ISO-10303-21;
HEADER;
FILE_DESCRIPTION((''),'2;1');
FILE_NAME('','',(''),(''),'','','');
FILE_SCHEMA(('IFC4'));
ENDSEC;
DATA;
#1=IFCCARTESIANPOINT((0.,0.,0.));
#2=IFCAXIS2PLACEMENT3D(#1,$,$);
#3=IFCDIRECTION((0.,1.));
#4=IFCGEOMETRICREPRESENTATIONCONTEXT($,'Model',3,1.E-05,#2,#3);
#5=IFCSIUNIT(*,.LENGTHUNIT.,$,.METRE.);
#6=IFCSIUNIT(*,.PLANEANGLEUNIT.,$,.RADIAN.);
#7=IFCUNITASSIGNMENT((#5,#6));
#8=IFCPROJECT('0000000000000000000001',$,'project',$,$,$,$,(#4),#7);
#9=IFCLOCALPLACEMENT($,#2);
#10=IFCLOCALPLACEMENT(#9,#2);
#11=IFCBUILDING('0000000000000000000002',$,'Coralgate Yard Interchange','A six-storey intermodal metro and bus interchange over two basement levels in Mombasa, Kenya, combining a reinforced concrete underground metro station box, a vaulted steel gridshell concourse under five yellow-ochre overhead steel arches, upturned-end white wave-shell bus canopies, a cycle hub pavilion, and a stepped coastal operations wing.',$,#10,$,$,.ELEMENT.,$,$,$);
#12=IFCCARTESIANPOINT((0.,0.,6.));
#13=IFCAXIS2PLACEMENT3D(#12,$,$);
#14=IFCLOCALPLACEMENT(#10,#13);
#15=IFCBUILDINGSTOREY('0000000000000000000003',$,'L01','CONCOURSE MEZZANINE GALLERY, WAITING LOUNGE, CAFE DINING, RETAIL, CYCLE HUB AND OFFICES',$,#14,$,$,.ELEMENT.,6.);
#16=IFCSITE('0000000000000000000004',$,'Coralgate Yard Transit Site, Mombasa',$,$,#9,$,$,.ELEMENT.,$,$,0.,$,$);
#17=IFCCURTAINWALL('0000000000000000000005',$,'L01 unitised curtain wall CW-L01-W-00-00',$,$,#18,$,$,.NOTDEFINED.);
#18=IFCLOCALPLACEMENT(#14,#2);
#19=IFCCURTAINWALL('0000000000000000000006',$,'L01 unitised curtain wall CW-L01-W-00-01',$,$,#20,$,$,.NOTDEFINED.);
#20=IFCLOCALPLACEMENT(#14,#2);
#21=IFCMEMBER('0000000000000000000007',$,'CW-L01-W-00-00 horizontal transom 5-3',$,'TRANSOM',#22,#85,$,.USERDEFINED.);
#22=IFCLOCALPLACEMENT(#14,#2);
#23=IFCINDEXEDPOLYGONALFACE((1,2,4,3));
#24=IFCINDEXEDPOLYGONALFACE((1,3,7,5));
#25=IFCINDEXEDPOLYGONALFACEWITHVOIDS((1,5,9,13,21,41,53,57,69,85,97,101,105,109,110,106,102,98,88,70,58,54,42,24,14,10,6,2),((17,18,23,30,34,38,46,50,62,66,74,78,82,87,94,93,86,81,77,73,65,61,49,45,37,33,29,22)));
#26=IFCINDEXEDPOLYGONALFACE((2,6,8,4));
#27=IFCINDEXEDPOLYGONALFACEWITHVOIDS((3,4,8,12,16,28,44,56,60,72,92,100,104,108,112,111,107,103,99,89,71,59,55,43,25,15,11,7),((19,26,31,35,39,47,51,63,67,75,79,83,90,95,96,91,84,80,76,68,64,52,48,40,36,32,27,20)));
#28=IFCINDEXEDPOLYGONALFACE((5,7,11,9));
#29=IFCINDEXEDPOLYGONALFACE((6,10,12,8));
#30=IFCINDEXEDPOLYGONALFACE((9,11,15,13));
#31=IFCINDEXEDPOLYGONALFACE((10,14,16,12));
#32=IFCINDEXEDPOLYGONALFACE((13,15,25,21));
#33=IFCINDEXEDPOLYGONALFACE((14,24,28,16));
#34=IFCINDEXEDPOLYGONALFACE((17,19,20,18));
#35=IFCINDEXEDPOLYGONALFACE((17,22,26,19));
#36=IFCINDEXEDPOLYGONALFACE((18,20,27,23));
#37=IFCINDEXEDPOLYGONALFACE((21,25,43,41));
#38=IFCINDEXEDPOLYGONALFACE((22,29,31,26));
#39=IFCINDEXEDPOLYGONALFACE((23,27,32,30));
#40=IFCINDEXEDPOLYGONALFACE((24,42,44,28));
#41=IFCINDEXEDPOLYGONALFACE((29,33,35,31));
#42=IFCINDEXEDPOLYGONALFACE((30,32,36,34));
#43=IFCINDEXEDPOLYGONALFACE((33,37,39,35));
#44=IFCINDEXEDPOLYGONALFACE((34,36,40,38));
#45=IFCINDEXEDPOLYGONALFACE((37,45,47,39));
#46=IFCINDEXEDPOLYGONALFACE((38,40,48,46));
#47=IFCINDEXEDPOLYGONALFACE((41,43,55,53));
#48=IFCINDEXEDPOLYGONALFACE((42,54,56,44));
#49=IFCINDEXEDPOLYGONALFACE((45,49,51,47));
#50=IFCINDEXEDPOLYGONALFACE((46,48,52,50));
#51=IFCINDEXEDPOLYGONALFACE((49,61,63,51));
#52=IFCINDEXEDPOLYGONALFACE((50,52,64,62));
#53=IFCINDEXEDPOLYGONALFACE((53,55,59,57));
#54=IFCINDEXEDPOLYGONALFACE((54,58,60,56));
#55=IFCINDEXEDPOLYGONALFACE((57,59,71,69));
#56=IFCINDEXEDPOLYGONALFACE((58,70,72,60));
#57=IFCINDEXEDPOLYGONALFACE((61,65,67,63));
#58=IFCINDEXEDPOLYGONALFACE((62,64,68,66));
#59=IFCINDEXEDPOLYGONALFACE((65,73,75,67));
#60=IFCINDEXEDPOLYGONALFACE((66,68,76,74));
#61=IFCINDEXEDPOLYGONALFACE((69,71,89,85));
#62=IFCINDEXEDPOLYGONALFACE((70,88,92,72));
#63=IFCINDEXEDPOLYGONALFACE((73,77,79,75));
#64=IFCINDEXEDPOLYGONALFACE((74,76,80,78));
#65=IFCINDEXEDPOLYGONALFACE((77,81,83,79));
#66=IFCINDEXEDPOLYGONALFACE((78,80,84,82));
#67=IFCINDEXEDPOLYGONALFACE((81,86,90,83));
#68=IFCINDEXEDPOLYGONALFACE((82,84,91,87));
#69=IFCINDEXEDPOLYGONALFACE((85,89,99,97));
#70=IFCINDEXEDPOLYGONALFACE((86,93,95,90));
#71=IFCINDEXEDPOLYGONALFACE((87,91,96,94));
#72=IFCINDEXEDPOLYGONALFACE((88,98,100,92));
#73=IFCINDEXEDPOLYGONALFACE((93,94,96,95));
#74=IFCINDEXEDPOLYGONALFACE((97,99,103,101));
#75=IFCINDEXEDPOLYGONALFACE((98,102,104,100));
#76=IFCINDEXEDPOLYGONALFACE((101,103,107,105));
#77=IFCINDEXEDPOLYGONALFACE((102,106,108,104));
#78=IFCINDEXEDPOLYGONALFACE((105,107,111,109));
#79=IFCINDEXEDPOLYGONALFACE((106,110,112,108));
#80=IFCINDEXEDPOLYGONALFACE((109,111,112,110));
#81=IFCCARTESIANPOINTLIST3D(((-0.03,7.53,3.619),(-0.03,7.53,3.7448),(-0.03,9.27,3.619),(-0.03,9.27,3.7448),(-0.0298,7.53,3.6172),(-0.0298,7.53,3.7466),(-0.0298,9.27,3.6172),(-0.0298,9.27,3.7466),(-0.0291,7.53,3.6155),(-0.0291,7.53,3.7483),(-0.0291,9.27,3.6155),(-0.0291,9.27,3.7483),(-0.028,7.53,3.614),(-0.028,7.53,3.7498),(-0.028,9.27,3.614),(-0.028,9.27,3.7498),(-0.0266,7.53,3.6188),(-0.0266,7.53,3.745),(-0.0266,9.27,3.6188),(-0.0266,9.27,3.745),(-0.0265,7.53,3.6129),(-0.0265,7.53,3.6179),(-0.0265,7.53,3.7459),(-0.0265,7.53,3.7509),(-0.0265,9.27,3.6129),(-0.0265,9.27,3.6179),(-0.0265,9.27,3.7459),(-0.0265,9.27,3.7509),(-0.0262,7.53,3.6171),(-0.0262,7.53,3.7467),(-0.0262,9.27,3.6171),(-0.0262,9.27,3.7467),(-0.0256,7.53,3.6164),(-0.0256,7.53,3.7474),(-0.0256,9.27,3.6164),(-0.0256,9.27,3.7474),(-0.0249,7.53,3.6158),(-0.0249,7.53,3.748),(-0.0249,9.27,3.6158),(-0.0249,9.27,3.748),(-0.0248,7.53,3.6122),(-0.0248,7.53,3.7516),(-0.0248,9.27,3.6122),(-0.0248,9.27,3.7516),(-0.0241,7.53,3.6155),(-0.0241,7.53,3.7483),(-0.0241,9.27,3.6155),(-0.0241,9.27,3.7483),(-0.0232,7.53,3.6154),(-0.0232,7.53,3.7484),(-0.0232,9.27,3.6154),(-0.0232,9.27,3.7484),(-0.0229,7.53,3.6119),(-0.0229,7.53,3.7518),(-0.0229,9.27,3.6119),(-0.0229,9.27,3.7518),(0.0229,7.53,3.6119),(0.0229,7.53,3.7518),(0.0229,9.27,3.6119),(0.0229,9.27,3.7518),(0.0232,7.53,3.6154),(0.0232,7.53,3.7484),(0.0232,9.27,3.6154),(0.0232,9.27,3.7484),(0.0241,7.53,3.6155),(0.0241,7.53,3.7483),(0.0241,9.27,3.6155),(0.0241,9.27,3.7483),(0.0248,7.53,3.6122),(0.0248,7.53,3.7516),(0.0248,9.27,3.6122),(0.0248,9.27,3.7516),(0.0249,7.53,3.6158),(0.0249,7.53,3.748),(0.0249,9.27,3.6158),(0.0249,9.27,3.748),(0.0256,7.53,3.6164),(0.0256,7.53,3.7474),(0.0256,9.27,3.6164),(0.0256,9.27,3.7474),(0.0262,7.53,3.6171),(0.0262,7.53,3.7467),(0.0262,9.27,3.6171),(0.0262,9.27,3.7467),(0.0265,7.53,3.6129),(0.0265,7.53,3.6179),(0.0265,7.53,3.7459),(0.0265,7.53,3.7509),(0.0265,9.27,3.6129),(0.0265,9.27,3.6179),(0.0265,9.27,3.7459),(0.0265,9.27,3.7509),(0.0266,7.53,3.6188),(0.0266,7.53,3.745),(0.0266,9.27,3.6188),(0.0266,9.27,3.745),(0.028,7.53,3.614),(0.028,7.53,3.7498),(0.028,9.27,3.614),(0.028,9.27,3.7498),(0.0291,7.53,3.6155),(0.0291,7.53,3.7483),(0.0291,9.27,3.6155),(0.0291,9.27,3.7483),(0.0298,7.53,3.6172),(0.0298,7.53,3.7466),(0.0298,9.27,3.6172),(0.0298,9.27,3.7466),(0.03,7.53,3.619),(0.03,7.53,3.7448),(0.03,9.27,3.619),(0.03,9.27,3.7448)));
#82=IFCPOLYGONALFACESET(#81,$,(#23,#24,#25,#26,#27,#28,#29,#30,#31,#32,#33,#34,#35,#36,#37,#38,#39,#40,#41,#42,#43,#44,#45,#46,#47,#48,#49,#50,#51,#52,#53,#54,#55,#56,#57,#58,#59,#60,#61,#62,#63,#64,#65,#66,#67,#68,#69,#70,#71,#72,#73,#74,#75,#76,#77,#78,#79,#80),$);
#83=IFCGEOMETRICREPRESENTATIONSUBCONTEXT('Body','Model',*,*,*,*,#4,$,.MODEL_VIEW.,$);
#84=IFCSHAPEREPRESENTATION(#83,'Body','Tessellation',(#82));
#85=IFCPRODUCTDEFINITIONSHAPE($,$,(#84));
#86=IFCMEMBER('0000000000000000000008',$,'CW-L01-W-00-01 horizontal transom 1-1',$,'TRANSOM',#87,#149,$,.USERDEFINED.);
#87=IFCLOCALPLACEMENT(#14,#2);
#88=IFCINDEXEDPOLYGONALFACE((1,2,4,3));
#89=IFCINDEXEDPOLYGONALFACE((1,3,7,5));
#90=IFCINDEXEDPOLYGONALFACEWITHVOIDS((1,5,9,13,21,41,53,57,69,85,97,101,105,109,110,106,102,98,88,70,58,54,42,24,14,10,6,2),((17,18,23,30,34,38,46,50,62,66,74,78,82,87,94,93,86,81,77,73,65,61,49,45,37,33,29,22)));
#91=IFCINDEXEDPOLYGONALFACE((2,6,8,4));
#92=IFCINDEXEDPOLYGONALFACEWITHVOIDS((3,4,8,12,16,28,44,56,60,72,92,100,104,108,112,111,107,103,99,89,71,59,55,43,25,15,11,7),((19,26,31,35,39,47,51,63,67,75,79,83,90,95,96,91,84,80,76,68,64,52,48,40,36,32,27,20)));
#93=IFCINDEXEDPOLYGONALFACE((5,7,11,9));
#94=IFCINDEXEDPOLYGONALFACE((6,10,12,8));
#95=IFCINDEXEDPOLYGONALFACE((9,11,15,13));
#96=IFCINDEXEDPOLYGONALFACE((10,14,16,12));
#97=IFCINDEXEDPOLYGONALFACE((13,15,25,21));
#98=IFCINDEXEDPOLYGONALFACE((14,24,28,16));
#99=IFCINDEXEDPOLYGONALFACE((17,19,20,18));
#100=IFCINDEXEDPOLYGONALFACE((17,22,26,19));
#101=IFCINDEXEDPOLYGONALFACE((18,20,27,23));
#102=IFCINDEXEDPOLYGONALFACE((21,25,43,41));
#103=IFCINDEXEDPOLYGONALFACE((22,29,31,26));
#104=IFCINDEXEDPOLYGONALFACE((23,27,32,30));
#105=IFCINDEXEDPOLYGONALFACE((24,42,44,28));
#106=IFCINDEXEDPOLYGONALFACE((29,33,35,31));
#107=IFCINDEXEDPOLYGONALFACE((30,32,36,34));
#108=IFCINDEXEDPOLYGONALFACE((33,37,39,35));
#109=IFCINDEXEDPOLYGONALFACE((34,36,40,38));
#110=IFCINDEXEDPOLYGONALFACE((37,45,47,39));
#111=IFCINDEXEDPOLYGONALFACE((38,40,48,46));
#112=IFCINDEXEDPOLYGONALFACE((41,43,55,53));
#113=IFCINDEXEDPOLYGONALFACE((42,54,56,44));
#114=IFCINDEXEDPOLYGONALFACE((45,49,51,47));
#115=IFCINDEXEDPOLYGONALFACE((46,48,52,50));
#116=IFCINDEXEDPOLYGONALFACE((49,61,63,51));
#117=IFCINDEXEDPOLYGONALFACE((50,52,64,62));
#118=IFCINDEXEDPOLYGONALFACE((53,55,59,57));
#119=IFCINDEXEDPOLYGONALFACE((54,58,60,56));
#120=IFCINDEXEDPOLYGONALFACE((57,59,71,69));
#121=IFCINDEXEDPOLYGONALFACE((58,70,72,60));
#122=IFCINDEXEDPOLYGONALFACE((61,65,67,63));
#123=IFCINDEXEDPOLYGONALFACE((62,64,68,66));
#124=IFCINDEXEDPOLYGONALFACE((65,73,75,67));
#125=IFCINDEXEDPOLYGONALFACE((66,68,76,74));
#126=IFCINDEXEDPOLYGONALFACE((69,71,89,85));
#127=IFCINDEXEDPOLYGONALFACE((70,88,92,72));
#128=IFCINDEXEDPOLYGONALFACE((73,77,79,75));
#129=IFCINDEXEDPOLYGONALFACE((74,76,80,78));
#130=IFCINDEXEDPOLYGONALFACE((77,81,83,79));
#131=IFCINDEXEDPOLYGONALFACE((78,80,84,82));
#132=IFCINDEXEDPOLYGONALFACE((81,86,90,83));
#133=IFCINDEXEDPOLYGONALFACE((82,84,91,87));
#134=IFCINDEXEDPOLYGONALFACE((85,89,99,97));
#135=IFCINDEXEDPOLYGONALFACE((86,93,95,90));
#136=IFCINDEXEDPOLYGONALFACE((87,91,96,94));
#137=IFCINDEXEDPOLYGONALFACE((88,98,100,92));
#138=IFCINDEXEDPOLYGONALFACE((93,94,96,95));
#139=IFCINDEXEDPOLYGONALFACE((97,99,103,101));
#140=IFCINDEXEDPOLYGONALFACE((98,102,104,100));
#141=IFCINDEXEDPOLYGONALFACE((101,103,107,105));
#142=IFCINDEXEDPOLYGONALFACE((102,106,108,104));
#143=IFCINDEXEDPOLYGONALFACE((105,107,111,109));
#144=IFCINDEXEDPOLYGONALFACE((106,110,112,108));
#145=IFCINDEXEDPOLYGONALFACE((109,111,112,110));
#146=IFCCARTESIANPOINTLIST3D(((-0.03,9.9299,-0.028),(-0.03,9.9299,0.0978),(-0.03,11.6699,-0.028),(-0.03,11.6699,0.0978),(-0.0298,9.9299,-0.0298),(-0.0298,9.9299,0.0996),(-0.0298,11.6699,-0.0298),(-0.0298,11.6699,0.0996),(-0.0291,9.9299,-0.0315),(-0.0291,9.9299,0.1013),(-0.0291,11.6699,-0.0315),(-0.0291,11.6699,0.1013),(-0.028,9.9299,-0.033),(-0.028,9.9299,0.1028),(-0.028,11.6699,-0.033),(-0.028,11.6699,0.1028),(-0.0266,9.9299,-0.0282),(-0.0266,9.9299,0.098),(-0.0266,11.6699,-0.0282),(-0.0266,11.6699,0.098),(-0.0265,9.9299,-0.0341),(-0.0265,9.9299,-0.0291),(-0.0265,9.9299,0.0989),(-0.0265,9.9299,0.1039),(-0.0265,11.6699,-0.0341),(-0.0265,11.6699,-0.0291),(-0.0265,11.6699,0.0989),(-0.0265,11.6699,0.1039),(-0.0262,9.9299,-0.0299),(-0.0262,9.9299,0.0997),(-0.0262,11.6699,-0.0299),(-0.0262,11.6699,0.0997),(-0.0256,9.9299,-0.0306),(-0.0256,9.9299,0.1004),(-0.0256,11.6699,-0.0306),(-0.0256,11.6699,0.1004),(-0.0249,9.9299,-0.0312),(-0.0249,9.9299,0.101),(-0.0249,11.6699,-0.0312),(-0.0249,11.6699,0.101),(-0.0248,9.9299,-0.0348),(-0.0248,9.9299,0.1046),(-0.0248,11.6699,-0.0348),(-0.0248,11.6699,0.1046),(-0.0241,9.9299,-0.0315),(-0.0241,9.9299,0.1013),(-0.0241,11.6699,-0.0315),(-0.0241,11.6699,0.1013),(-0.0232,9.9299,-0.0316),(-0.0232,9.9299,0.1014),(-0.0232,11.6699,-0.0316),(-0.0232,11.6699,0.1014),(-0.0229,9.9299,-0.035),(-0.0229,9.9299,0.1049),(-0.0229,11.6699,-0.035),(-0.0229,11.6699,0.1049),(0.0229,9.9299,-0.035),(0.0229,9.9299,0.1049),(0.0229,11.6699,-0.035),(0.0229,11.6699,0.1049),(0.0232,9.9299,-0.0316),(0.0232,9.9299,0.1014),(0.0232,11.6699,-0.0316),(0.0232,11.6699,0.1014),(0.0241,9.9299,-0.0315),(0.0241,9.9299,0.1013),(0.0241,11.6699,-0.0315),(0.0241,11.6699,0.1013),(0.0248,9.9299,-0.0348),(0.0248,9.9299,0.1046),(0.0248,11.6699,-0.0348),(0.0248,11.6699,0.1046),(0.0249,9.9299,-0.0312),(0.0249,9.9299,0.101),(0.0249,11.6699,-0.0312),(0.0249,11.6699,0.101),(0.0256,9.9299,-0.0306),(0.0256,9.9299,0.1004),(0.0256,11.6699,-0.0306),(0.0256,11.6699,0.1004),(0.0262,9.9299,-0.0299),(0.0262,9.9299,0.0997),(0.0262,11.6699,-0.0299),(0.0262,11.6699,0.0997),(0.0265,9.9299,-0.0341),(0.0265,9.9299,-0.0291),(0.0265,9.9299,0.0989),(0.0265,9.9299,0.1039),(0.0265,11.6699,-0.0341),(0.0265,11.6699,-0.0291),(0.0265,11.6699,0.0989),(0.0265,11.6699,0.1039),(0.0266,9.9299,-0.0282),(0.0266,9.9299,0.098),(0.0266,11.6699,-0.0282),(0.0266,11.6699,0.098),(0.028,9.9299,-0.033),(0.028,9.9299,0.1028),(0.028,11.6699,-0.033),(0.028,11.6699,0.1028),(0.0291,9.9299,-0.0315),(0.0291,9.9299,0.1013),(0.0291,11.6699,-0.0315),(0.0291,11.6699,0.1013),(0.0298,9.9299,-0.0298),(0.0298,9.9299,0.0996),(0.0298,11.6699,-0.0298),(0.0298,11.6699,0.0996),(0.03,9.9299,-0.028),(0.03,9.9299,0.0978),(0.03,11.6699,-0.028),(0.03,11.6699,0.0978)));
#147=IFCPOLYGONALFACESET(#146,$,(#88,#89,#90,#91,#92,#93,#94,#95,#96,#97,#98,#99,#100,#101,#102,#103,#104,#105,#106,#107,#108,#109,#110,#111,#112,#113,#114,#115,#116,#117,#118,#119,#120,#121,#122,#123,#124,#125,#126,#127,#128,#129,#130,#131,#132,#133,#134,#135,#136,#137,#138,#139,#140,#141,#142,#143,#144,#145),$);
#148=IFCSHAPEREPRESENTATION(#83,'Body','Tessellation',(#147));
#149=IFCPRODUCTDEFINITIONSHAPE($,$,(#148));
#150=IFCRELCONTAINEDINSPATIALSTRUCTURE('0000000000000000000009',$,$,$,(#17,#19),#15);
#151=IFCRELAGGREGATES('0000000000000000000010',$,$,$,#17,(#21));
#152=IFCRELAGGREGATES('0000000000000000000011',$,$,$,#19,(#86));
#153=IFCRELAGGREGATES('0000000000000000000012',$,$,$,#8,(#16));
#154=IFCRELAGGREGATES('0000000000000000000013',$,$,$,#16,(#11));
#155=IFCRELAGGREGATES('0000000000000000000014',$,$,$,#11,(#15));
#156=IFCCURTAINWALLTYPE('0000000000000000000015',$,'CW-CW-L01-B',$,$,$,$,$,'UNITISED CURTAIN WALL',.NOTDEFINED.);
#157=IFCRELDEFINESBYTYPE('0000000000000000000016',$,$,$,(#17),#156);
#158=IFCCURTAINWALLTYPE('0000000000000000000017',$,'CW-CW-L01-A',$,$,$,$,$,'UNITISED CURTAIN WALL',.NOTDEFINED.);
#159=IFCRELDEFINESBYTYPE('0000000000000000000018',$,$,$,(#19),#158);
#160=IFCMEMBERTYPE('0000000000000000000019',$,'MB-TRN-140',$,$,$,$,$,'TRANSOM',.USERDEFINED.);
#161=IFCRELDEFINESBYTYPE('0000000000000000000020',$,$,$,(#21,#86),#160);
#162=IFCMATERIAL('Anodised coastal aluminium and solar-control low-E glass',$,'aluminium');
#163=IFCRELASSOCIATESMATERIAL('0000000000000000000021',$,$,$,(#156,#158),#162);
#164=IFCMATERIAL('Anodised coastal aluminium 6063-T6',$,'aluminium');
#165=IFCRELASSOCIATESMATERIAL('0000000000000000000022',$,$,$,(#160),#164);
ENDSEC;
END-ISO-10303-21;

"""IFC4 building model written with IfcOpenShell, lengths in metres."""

from ifc_helpers import new_model, si_unit, direction, frame, origin, origin_2d, place, context, subcontext, project, spatial, hollow_rectangle, extrude, material, material_profile, profile_set, type_object, element, aggregate, save


model = new_model("IFC4")

# Units and contexts
model_context = context("Model", 3, precision=1e-05, world=origin(), true_north=direction((0.0, 1.0)))
body_context = subcontext(model_context, "Body", "Model", "MODEL_VIEW")
ifc_project = project(units=[si_unit("LENGTHUNIT", "METRE"), si_unit("PLANEANGLEUNIT", "RADIAN")], contexts=[model_context])

# Site, building, storey
site_placement = place(None, origin())
site = spatial("IfcSite", under=ifc_project, at=site_placement, Name="Coralgate Yard Transit Site, Mombasa", CompositionType="ELEMENT", RefElevation=0.0)
building_placement = place(site_placement, origin())
building = spatial("IfcBuilding", under=site, at=building_placement, Name="Coralgate Yard Interchange", Description="A six-storey intermodal metro and bus interchange over two basement levels in Mombasa, Kenya, combining a reinforced concrete underground metro station box, a vaulted steel gridshell concourse under five yellow-ochre overhead steel arches, upturned-end white wave-shell bus canopies, a cycle hub pavilion, and a stepped coastal operations wing.", CompositionType="ELEMENT")
storey_placement = place(building_placement, frame((0.0, 0.0, 6.0)))
storey = spatial("IfcBuildingStorey", under=building, at=storey_placement, Name="L01", Description="CONCOURSE MEZZANINE GALLERY, WAITING LOUNGE, CAFE DINING, RETAIL, CYCLE HUB AND OFFICES", CompositionType="ELEMENT", Elevation=6.0)

# Curtain walls
ifc_material_1 = material(Name="Anodised coastal aluminium and solar-control low-E glass", Category="aluminium")
curtain_wall_type_1 = type_object("IfcCurtainWallType", Name="CW-CW-L01-B", ElementType="UNITISED CURTAIN WALL", PredefinedType="NOTDEFINED", material=ifc_material_1)
curtain_wall_1_placement = place(storey_placement, origin())
curtain_wall_1 = element("IfcCurtainWall", 1, at=curtain_wall_1_placement, inside=storey, type_object=curtain_wall_type_1, Name="L01 unitised curtain wall CW-L01-W-00-00", PredefinedType="NOTDEFINED")
ifc_material_2 = material(Name="Anodised coastal aluminium 6063-T6", Category="aluminium")
curtain_wall_type_2 = type_object("IfcCurtainWallType", Name="CW-CW-L01-A", ElementType="UNITISED CURTAIN WALL", PredefinedType="NOTDEFINED", material=ifc_material_1)
curtain_wall_2_placement = place(storey_placement, origin())
curtain_wall_2 = element("IfcCurtainWall", 2, at=curtain_wall_2_placement, inside=storey, type_object=curtain_wall_type_2, Name="L01 unitised curtain wall CW-L01-W-00-01", PredefinedType="NOTDEFINED")

# Members
ifc_material_profile_1 = material_profile(ifc_material_2, hollow_rectangle(XDim=0.0601, YDim=0.1399, WallThickness=0.0034, InnerFilletRadius=0.0034, OuterFilletRadius=0.0071, at=origin_2d()), Name="ALU 60x140x3.5")
ifc_profile_set_1 = profile_set([ifc_material_profile_1], Name="Anodised coastal aluminium 6063-T6")
member_type_1 = type_object("IfcMemberType", Name="MB-TRN-140", ElementType="TRANSOM", PredefinedType="USERDEFINED", material=ifc_profile_set_1)
member_1_placement = place(storey_placement, frame((0.0, 7.53, 3.6819), z_axis=(0.0, 1.0, 0.0), x_axis=(-1.0, 0.0, 0.0)))
member_1 = element("IfcMember", 3, at=member_1_placement, type_object=member_type_1, Name="CW-L01-W-00-00 horizontal transom 5-3", ObjectType="TRANSOM", PredefinedType="USERDEFINED", context=body_context, shape_type="SweptSolid", body=[
    extrude(hollow_rectangle(XDim=0.0601, YDim=0.1399, WallThickness=0.0034, InnerFilletRadius=0.0034, OuterFilletRadius=0.0071, at=origin_2d()), origin(), (0.0, 0.0, 1.0), 1.74),
])
member_2_placement = place(storey_placement, frame((0.0, 9.9299, 0.0349), z_axis=(0.0, 1.0, 0.0), x_axis=(-1.0, 0.0, 0.0)))
member_2 = element("IfcMember", 4, at=member_2_placement, type_object=member_type_1, Name="CW-L01-W-00-01 horizontal transom 1-1", ObjectType="TRANSOM", PredefinedType="USERDEFINED", context=body_context, shape_type="SweptSolid", body=[
    extrude(hollow_rectangle(XDim=0.0601, YDim=0.1399, WallThickness=0.0034, InnerFilletRadius=0.0034, OuterFilletRadius=0.0071, at=origin_2d()), origin(), (0.0, 0.0, 1.0), 1.74),
])

aggregate(curtain_wall_1, [member_1])
aggregate(curtain_wall_2, [member_2])

save(model, "model.ifc")
